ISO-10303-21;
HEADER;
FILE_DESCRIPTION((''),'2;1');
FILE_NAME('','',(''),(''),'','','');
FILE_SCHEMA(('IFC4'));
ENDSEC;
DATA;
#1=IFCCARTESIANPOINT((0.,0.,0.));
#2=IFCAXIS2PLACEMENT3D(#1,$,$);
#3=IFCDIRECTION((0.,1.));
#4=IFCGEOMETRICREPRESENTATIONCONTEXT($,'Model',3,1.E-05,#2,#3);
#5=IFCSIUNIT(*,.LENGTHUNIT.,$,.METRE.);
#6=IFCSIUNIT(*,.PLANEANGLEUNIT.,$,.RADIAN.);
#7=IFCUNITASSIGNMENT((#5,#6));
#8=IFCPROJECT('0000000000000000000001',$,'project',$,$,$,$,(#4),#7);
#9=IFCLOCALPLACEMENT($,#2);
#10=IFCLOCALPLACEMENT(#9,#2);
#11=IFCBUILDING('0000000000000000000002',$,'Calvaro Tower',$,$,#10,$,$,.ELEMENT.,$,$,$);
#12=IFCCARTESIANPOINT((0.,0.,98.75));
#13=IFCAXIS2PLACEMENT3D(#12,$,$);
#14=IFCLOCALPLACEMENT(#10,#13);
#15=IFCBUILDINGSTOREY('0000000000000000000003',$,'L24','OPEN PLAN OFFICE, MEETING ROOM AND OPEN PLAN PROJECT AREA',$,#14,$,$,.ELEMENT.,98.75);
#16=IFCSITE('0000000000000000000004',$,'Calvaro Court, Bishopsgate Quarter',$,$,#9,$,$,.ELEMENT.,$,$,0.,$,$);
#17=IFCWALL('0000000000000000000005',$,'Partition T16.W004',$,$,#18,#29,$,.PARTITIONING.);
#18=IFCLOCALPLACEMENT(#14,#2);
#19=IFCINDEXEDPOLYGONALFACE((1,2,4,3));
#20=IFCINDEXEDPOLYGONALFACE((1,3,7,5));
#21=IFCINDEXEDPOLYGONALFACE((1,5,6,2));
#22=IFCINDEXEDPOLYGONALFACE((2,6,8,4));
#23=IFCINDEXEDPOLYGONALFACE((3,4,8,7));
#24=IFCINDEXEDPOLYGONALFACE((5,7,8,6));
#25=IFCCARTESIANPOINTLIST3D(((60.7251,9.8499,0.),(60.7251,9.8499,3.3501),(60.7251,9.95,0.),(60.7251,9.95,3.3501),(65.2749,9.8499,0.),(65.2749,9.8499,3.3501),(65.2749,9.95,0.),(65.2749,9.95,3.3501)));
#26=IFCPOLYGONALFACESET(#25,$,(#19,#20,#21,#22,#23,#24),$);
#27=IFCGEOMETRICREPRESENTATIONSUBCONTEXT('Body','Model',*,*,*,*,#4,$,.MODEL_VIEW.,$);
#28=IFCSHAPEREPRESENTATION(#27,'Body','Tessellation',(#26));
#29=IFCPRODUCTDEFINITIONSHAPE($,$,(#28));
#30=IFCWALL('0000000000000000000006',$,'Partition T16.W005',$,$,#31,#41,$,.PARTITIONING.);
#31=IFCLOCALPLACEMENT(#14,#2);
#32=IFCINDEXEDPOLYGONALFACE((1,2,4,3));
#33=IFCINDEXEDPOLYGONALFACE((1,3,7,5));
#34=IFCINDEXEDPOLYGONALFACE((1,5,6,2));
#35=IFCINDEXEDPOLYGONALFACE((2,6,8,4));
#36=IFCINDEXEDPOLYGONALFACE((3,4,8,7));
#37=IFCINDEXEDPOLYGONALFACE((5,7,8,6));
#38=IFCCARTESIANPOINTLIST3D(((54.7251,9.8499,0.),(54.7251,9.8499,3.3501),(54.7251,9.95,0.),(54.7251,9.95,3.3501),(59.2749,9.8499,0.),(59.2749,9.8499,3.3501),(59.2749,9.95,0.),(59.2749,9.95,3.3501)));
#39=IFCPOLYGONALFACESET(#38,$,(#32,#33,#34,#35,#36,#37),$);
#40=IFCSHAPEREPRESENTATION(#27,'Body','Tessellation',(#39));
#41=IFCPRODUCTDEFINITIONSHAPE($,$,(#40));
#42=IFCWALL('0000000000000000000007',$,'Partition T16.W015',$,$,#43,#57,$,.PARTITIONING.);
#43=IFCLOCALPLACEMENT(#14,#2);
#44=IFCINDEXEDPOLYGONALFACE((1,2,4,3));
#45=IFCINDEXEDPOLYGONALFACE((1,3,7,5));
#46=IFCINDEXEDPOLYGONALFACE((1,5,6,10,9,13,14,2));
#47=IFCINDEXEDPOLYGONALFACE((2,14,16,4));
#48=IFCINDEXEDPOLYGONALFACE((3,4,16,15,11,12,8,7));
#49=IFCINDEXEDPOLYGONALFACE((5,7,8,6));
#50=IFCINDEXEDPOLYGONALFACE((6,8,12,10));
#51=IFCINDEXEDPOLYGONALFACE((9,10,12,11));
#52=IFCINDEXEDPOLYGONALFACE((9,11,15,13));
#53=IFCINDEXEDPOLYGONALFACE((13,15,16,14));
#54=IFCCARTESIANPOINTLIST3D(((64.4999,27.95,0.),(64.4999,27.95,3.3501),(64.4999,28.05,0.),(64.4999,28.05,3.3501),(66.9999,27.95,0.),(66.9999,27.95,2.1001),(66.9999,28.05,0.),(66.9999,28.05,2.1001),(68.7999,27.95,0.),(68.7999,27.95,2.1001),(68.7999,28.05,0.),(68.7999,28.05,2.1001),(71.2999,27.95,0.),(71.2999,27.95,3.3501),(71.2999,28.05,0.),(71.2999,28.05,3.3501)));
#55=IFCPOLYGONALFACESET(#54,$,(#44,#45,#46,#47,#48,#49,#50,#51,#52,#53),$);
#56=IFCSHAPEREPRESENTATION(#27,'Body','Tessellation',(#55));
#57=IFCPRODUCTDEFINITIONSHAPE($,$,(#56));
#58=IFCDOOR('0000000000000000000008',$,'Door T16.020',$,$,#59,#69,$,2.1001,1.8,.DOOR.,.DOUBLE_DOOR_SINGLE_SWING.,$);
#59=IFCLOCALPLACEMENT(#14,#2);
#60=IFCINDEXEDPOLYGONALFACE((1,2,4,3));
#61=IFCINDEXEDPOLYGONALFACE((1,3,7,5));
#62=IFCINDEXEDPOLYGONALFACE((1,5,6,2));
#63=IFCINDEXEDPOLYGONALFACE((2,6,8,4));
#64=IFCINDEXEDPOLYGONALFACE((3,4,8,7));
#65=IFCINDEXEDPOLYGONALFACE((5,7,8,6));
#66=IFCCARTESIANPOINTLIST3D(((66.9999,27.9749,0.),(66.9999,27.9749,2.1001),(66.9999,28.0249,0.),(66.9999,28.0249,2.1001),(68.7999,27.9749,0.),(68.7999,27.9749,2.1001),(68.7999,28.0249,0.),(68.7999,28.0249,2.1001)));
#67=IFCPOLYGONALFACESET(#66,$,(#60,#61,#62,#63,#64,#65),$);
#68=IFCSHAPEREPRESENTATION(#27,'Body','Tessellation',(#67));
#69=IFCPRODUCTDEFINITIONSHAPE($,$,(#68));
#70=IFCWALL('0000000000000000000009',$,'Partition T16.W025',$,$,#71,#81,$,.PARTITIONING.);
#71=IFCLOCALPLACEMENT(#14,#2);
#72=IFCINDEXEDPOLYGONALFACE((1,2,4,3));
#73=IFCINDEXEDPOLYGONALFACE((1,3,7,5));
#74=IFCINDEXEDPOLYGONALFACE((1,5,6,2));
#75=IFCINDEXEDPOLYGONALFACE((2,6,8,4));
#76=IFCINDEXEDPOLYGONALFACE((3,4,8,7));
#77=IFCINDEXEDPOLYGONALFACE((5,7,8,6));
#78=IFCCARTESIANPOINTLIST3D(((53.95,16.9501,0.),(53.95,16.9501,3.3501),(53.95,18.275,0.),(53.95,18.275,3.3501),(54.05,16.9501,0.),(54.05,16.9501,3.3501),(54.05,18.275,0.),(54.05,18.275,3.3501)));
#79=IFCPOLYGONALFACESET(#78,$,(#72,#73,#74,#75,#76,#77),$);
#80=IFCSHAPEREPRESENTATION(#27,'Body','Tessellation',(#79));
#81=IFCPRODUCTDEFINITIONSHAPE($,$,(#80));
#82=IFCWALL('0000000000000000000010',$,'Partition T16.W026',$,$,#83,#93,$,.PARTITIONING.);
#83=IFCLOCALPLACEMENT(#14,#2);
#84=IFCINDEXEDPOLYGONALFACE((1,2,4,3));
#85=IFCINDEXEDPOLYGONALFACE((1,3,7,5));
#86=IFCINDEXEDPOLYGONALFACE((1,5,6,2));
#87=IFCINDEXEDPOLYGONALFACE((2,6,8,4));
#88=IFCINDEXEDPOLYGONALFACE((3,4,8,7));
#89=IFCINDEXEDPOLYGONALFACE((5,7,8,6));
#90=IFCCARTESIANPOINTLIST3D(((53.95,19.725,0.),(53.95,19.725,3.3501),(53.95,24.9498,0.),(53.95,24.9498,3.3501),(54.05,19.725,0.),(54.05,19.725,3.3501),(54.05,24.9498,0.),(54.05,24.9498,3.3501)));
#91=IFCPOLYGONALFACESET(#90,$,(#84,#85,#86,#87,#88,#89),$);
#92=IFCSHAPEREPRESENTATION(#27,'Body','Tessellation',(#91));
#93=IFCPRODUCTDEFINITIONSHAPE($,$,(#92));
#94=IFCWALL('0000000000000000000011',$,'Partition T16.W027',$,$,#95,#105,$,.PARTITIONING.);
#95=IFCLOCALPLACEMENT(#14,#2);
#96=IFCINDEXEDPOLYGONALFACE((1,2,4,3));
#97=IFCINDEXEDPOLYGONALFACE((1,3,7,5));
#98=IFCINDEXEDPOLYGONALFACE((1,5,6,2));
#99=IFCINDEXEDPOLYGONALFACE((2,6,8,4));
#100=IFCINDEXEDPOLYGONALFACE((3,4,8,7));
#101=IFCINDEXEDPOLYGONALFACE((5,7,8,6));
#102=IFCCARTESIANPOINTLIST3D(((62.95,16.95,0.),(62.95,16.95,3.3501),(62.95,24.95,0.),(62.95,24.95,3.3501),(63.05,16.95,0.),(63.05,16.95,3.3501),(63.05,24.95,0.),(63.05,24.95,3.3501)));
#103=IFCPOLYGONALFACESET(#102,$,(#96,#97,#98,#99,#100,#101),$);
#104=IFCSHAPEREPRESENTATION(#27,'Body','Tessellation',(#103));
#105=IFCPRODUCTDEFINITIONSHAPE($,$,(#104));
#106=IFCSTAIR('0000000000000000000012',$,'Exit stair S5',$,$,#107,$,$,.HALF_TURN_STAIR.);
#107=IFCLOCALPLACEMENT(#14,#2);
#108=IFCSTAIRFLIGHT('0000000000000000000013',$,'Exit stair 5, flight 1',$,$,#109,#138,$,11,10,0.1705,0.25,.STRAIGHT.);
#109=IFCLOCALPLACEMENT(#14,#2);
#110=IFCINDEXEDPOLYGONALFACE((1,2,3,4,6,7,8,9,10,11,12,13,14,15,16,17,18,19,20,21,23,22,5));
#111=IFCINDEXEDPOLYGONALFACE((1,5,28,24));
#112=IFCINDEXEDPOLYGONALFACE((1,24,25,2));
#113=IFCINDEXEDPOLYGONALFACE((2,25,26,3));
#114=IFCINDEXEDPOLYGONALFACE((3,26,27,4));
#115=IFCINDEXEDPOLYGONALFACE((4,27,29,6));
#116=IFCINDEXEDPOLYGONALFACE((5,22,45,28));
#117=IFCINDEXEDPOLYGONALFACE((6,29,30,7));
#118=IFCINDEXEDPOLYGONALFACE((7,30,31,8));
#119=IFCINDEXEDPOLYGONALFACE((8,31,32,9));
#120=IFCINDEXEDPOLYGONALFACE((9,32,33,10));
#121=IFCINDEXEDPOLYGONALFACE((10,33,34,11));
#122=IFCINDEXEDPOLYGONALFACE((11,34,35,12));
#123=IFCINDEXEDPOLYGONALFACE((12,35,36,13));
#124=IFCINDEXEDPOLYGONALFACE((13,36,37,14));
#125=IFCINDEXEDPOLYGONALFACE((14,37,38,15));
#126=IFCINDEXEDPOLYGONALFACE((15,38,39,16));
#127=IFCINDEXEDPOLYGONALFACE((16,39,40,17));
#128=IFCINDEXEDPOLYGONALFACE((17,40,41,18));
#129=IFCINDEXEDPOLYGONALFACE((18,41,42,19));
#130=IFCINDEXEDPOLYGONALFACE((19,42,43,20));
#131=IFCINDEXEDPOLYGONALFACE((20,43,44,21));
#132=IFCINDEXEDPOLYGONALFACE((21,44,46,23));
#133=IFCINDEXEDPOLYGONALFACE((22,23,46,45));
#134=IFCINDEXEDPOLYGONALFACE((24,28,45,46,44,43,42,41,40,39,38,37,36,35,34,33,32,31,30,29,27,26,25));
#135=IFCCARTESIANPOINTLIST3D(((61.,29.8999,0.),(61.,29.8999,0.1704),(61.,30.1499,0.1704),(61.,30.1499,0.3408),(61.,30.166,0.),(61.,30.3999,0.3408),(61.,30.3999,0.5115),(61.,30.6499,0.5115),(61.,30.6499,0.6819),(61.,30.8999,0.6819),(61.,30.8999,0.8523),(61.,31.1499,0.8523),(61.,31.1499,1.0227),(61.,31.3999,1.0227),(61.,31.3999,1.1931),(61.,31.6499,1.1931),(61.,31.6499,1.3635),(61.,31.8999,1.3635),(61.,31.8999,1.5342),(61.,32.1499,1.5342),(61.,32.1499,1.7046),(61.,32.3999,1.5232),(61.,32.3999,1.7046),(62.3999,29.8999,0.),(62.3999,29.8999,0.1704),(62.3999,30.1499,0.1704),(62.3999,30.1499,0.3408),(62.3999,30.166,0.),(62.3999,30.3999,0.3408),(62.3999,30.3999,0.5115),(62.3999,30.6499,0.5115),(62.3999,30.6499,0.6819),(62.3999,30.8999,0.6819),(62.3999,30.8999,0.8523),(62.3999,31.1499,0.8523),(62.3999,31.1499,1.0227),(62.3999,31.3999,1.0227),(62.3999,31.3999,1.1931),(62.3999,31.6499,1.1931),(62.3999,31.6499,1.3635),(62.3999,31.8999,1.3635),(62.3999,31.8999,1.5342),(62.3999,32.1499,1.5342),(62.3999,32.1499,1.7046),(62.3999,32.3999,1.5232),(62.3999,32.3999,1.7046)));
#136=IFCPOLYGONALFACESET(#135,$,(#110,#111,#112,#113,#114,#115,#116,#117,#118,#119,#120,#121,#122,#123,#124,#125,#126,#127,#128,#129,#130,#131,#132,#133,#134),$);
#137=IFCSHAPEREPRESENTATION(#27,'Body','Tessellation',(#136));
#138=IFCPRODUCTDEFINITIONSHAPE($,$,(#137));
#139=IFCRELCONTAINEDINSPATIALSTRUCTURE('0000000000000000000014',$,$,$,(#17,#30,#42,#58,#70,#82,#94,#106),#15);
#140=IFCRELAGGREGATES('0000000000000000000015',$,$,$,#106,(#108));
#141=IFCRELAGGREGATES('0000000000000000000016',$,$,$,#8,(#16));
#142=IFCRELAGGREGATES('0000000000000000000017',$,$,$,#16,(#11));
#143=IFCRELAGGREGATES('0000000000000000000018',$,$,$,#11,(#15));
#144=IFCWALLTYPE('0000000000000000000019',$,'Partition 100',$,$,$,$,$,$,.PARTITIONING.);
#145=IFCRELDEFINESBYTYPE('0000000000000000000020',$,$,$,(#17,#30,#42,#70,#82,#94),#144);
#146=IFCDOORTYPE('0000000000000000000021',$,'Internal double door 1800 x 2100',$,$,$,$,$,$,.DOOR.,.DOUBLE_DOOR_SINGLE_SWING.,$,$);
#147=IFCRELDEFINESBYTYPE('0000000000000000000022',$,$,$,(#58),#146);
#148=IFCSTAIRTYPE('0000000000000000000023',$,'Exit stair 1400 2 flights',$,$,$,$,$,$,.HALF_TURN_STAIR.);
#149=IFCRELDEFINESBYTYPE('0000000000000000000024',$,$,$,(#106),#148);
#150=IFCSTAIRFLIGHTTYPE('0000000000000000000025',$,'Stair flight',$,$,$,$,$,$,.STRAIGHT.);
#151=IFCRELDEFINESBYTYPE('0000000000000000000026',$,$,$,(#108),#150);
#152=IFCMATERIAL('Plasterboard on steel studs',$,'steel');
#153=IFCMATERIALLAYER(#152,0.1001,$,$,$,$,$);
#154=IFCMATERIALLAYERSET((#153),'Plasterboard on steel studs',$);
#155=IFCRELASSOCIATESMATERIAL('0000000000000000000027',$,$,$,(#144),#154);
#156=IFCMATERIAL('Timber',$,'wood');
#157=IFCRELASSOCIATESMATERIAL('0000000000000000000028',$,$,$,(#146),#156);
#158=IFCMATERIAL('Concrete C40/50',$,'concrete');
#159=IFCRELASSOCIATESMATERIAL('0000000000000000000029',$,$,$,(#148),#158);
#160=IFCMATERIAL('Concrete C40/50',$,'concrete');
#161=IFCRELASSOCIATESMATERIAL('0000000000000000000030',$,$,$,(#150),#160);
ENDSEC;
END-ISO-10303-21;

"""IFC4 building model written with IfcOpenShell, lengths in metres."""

from ifc_helpers import new_model, si_unit, direction, frame, frame_2d, origin, place, context, subcontext, project, spatial, polyline, rectangle, outline, extrude, material, layer, layer_set, type_object, element, fill, aggregate, save


model = new_model("IFC4")

# Units and contexts
model_context = context("Model", 3, precision=1e-05, world=origin(), true_north=direction((0.0, 1.0)))
body_context = subcontext(model_context, "Body", "Model", "MODEL_VIEW")
ifc_project = project(units=[si_unit("LENGTHUNIT", "METRE"), si_unit("PLANEANGLEUNIT", "RADIAN")], contexts=[model_context])

# Site, building, storey
site_placement = place(None, origin())
site = spatial("IfcSite", under=ifc_project, at=site_placement, Name="Calvaro Court, Bishopsgate Quarter", CompositionType="ELEMENT", RefElevation=0.0)
building_placement = place(site_placement, origin())
building = spatial("IfcBuilding", under=site, at=building_placement, Name="Calvaro Tower", CompositionType="ELEMENT")
storey_placement = place(building_placement, frame((0.0, 0.0, 98.75)))
storey = spatial("IfcBuildingStorey", under=building, at=storey_placement, Name="L24", Description="OPEN PLAN OFFICE, MEETING ROOM AND OPEN PLAN PROJECT AREA", CompositionType="ELEMENT", Elevation=98.75)

# Walls
ifc_material_1 = material(Name="Plasterboard on steel studs", Category="steel")
ifc_layer_1 = layer(ifc_material_1, 0.1001)
ifc_layer_set_1 = layer_set([ifc_layer_1], Name="Plasterboard on steel studs")
wall_type_1 = type_object("IfcWallType", Name="Partition 100", PredefinedType="PARTITIONING", material=ifc_layer_set_1)
for number, where, z_axis, x_axis, name in (
    (1, (60.7251, 9.8999, 0.0), (0.0, 0.0, 1.0), (1.0, 0.0, 0.0), "Partition T16.W004"),
    (2, (54.7251, 9.8999, 0.0), (0.0, 0.0, 1.0), (1.0, 0.0, 0.0), "Partition T16.W005"),
):
    element("IfcWall", number, at=place(storey_placement, frame(where, z_axis=z_axis, x_axis=x_axis)), inside=storey, type_object=wall_type_1, Name=name, PredefinedType="PARTITIONING", context=body_context, shape_type="SweptSolid", body=[
        extrude(rectangle(XDim=4.5498, YDim=0.1001, at=frame_2d((2.2749, 0.0))), origin(), (0.0, 0.0, 1.0), 3.3501),
    ])

# Wall, opening, door
wall_1_placement = place(storey_placement, frame((64.5, 28.0, 0.0), z_axis=(0.0, 0.0, 1.0), x_axis=(1.0, 0.0, 0.0)))
wall_1 = element("IfcWall", 3, at=wall_1_placement, inside=storey, type_object=wall_type_1, Name="Partition T16.W015", PredefinedType="PARTITIONING", context=body_context, shape_type="SweptSolid", body=[
    extrude(rectangle(XDim=6.8, YDim=0.1001, at=frame_2d((3.3999, 0.0))), origin(), (0.0, 0.0, 1.0), 3.3501),
])
opening_1_placement = place(wall_1_placement, frame((2.5, 0.0, 0.0)))
opening_1 = element("IfcOpeningElement", 4, at=opening_1_placement, cuts=wall_1, PredefinedType="OPENING", context=body_context, shape_type="SweptSolid", body=[
    extrude(rectangle(XDim=1.8, YDim=2.1001, at=frame_2d((0.8999, 1.05))), frame((0.0, 0.0601, 0.0), z_axis=(0.0, -1.0, 0.0), x_axis=(1.0, 0.0, 0.0)), (0.0, 0.0, 1.0), 0.1201),
])
ifc_material_2 = material(Name="Timber", Category="wood")
door_type_1 = type_object("IfcDoorType", Name="Internal double door 1800 x 2100", OperationType="DOUBLE_DOOR_SINGLE_SWING", PredefinedType="DOOR", material=ifc_material_2)
door_1_placement = place(opening_1_placement, origin())
door_1 = element("IfcDoor", 5, at=door_1_placement, inside=storey, type_object=door_type_1, Name="Door T16.020", OperationType="DOUBLE_DOOR_SINGLE_SWING", OverallHeight=2.1001, OverallWidth=1.8, PredefinedType="DOOR", context=body_context, shape_type="SweptSolid", body=[
    extrude(rectangle(XDim=1.8, YDim=2.1001, at=frame_2d((0.8999, 1.05))), frame((0.0, 0.0249, 0.0), z_axis=(0.0, -1.0, 0.0), x_axis=(1.0, 0.0, 0.0)), (0.0, 0.0, 1.0), 0.05),
])
fill(opening_1, door_1)

# Walls
wall_2_placement = place(storey_placement, frame((54.0, 16.95, 0.0), z_axis=(0.0, 0.0, 1.0), x_axis=(0.0, 1.0, 0.0)))
element("IfcWall", 6, at=wall_2_placement, inside=storey, type_object=wall_type_1, Name="Partition T16.W025", PredefinedType="PARTITIONING", context=body_context, shape_type="SweptSolid", body=[
    extrude(rectangle(XDim=1.325, YDim=0.1001, at=frame_2d((0.6626, 0.0))), origin(), (0.0, 0.0, 1.0), 3.3501),
])
wall_3_placement = place(storey_placement, frame((54.0, 19.7251, 0.0), z_axis=(0.0, 0.0, 1.0), x_axis=(0.0, 1.0, 0.0)))
element("IfcWall", 7, at=wall_3_placement, inside=storey, type_object=wall_type_1, Name="Partition T16.W026", PredefinedType="PARTITIONING", context=body_context, shape_type="SweptSolid", body=[
    extrude(rectangle(XDim=5.2249, YDim=0.1001, at=frame_2d((2.6123, 0.0))), origin(), (0.0, 0.0, 1.0), 3.3501),
])
wall_4_placement = place(storey_placement, frame((63.0, 16.95, 0.0), z_axis=(0.0, 0.0, 1.0), x_axis=(0.0, 1.0, 0.0)))
element("IfcWall", 8, at=wall_4_placement, inside=storey, type_object=wall_type_1, Name="Partition T16.W027", PredefinedType="PARTITIONING", context=body_context, shape_type="SweptSolid", body=[
    extrude(rectangle(XDim=8.0, YDim=0.1001, at=frame_2d((4.0, 0.0))), origin(), (0.0, 0.0, 1.0), 3.3501),
])

# Stair, stair flight
ifc_material_3 = material(Name="Concrete C40/50", Category="concrete")
stair_type = type_object("IfcStairType", Name="Exit stair 1400 2 flights", PredefinedType="HALF_TURN_STAIR", material=ifc_material_3)
stair_placement = place(storey_placement, origin())
stair = element("IfcStair", 9, at=stair_placement, inside=storey, type_object=stair_type, Name="Exit stair S5", PredefinedType="HALF_TURN_STAIR")
ifc_material_4 = material(Name="Concrete C40/50", Category="concrete")
stair_flight_type = type_object("IfcStairFlightType", Name="Stair flight", PredefinedType="STRAIGHT", material=ifc_material_4)
stair_flight_placement = place(storey_placement, frame((61.7, 29.8999, 0.0), z_axis=(0.0, 0.0, 1.0), x_axis=(0.0, 1.0, 0.0)))
stair_flight = element("IfcStairFlight", 10, at=stair_flight_placement, type_object=stair_flight_type, Name="Exit stair 5, flight 1", NumberOfRisers=11, NumberOfTreads=10, PredefinedType="STRAIGHT", RiserHeight=0.1705, TreadLength=0.25, context=body_context, shape_type="SweptSolid", body=[
    extrude(outline(polyline([(0.0, 0.0), (0.0, 0.1704), (0.25, 0.1704), (0.25, 0.3408), (0.5, 0.3408), (0.5, 0.5115), (0.75, 0.5115), (0.75, 0.6819), (1.0, 0.6819), (1.0, 0.8523), (1.25, 0.8523), (1.25, 1.0227), (1.5, 1.0227), (1.5, 1.1931), (1.75, 1.1931), (1.75, 1.3635), (2.0, 1.3635), (2.0, 1.5342), (2.25, 1.5342), (2.25, 1.7046), (2.5, 1.7046), (2.5, 1.875), (2.5, 1.5232), (0.2661, 0.0), (0.0, 0.0)])), frame((0.0, 0.7, 0.0), z_axis=(0.0, -1.0, 0.0), x_axis=(1.0, 0.0, 0.0)), (0.0, 0.0, 1.0), 1.3999),
])
aggregate(stair, [stair_flight])

save(model, "model.ifc")
